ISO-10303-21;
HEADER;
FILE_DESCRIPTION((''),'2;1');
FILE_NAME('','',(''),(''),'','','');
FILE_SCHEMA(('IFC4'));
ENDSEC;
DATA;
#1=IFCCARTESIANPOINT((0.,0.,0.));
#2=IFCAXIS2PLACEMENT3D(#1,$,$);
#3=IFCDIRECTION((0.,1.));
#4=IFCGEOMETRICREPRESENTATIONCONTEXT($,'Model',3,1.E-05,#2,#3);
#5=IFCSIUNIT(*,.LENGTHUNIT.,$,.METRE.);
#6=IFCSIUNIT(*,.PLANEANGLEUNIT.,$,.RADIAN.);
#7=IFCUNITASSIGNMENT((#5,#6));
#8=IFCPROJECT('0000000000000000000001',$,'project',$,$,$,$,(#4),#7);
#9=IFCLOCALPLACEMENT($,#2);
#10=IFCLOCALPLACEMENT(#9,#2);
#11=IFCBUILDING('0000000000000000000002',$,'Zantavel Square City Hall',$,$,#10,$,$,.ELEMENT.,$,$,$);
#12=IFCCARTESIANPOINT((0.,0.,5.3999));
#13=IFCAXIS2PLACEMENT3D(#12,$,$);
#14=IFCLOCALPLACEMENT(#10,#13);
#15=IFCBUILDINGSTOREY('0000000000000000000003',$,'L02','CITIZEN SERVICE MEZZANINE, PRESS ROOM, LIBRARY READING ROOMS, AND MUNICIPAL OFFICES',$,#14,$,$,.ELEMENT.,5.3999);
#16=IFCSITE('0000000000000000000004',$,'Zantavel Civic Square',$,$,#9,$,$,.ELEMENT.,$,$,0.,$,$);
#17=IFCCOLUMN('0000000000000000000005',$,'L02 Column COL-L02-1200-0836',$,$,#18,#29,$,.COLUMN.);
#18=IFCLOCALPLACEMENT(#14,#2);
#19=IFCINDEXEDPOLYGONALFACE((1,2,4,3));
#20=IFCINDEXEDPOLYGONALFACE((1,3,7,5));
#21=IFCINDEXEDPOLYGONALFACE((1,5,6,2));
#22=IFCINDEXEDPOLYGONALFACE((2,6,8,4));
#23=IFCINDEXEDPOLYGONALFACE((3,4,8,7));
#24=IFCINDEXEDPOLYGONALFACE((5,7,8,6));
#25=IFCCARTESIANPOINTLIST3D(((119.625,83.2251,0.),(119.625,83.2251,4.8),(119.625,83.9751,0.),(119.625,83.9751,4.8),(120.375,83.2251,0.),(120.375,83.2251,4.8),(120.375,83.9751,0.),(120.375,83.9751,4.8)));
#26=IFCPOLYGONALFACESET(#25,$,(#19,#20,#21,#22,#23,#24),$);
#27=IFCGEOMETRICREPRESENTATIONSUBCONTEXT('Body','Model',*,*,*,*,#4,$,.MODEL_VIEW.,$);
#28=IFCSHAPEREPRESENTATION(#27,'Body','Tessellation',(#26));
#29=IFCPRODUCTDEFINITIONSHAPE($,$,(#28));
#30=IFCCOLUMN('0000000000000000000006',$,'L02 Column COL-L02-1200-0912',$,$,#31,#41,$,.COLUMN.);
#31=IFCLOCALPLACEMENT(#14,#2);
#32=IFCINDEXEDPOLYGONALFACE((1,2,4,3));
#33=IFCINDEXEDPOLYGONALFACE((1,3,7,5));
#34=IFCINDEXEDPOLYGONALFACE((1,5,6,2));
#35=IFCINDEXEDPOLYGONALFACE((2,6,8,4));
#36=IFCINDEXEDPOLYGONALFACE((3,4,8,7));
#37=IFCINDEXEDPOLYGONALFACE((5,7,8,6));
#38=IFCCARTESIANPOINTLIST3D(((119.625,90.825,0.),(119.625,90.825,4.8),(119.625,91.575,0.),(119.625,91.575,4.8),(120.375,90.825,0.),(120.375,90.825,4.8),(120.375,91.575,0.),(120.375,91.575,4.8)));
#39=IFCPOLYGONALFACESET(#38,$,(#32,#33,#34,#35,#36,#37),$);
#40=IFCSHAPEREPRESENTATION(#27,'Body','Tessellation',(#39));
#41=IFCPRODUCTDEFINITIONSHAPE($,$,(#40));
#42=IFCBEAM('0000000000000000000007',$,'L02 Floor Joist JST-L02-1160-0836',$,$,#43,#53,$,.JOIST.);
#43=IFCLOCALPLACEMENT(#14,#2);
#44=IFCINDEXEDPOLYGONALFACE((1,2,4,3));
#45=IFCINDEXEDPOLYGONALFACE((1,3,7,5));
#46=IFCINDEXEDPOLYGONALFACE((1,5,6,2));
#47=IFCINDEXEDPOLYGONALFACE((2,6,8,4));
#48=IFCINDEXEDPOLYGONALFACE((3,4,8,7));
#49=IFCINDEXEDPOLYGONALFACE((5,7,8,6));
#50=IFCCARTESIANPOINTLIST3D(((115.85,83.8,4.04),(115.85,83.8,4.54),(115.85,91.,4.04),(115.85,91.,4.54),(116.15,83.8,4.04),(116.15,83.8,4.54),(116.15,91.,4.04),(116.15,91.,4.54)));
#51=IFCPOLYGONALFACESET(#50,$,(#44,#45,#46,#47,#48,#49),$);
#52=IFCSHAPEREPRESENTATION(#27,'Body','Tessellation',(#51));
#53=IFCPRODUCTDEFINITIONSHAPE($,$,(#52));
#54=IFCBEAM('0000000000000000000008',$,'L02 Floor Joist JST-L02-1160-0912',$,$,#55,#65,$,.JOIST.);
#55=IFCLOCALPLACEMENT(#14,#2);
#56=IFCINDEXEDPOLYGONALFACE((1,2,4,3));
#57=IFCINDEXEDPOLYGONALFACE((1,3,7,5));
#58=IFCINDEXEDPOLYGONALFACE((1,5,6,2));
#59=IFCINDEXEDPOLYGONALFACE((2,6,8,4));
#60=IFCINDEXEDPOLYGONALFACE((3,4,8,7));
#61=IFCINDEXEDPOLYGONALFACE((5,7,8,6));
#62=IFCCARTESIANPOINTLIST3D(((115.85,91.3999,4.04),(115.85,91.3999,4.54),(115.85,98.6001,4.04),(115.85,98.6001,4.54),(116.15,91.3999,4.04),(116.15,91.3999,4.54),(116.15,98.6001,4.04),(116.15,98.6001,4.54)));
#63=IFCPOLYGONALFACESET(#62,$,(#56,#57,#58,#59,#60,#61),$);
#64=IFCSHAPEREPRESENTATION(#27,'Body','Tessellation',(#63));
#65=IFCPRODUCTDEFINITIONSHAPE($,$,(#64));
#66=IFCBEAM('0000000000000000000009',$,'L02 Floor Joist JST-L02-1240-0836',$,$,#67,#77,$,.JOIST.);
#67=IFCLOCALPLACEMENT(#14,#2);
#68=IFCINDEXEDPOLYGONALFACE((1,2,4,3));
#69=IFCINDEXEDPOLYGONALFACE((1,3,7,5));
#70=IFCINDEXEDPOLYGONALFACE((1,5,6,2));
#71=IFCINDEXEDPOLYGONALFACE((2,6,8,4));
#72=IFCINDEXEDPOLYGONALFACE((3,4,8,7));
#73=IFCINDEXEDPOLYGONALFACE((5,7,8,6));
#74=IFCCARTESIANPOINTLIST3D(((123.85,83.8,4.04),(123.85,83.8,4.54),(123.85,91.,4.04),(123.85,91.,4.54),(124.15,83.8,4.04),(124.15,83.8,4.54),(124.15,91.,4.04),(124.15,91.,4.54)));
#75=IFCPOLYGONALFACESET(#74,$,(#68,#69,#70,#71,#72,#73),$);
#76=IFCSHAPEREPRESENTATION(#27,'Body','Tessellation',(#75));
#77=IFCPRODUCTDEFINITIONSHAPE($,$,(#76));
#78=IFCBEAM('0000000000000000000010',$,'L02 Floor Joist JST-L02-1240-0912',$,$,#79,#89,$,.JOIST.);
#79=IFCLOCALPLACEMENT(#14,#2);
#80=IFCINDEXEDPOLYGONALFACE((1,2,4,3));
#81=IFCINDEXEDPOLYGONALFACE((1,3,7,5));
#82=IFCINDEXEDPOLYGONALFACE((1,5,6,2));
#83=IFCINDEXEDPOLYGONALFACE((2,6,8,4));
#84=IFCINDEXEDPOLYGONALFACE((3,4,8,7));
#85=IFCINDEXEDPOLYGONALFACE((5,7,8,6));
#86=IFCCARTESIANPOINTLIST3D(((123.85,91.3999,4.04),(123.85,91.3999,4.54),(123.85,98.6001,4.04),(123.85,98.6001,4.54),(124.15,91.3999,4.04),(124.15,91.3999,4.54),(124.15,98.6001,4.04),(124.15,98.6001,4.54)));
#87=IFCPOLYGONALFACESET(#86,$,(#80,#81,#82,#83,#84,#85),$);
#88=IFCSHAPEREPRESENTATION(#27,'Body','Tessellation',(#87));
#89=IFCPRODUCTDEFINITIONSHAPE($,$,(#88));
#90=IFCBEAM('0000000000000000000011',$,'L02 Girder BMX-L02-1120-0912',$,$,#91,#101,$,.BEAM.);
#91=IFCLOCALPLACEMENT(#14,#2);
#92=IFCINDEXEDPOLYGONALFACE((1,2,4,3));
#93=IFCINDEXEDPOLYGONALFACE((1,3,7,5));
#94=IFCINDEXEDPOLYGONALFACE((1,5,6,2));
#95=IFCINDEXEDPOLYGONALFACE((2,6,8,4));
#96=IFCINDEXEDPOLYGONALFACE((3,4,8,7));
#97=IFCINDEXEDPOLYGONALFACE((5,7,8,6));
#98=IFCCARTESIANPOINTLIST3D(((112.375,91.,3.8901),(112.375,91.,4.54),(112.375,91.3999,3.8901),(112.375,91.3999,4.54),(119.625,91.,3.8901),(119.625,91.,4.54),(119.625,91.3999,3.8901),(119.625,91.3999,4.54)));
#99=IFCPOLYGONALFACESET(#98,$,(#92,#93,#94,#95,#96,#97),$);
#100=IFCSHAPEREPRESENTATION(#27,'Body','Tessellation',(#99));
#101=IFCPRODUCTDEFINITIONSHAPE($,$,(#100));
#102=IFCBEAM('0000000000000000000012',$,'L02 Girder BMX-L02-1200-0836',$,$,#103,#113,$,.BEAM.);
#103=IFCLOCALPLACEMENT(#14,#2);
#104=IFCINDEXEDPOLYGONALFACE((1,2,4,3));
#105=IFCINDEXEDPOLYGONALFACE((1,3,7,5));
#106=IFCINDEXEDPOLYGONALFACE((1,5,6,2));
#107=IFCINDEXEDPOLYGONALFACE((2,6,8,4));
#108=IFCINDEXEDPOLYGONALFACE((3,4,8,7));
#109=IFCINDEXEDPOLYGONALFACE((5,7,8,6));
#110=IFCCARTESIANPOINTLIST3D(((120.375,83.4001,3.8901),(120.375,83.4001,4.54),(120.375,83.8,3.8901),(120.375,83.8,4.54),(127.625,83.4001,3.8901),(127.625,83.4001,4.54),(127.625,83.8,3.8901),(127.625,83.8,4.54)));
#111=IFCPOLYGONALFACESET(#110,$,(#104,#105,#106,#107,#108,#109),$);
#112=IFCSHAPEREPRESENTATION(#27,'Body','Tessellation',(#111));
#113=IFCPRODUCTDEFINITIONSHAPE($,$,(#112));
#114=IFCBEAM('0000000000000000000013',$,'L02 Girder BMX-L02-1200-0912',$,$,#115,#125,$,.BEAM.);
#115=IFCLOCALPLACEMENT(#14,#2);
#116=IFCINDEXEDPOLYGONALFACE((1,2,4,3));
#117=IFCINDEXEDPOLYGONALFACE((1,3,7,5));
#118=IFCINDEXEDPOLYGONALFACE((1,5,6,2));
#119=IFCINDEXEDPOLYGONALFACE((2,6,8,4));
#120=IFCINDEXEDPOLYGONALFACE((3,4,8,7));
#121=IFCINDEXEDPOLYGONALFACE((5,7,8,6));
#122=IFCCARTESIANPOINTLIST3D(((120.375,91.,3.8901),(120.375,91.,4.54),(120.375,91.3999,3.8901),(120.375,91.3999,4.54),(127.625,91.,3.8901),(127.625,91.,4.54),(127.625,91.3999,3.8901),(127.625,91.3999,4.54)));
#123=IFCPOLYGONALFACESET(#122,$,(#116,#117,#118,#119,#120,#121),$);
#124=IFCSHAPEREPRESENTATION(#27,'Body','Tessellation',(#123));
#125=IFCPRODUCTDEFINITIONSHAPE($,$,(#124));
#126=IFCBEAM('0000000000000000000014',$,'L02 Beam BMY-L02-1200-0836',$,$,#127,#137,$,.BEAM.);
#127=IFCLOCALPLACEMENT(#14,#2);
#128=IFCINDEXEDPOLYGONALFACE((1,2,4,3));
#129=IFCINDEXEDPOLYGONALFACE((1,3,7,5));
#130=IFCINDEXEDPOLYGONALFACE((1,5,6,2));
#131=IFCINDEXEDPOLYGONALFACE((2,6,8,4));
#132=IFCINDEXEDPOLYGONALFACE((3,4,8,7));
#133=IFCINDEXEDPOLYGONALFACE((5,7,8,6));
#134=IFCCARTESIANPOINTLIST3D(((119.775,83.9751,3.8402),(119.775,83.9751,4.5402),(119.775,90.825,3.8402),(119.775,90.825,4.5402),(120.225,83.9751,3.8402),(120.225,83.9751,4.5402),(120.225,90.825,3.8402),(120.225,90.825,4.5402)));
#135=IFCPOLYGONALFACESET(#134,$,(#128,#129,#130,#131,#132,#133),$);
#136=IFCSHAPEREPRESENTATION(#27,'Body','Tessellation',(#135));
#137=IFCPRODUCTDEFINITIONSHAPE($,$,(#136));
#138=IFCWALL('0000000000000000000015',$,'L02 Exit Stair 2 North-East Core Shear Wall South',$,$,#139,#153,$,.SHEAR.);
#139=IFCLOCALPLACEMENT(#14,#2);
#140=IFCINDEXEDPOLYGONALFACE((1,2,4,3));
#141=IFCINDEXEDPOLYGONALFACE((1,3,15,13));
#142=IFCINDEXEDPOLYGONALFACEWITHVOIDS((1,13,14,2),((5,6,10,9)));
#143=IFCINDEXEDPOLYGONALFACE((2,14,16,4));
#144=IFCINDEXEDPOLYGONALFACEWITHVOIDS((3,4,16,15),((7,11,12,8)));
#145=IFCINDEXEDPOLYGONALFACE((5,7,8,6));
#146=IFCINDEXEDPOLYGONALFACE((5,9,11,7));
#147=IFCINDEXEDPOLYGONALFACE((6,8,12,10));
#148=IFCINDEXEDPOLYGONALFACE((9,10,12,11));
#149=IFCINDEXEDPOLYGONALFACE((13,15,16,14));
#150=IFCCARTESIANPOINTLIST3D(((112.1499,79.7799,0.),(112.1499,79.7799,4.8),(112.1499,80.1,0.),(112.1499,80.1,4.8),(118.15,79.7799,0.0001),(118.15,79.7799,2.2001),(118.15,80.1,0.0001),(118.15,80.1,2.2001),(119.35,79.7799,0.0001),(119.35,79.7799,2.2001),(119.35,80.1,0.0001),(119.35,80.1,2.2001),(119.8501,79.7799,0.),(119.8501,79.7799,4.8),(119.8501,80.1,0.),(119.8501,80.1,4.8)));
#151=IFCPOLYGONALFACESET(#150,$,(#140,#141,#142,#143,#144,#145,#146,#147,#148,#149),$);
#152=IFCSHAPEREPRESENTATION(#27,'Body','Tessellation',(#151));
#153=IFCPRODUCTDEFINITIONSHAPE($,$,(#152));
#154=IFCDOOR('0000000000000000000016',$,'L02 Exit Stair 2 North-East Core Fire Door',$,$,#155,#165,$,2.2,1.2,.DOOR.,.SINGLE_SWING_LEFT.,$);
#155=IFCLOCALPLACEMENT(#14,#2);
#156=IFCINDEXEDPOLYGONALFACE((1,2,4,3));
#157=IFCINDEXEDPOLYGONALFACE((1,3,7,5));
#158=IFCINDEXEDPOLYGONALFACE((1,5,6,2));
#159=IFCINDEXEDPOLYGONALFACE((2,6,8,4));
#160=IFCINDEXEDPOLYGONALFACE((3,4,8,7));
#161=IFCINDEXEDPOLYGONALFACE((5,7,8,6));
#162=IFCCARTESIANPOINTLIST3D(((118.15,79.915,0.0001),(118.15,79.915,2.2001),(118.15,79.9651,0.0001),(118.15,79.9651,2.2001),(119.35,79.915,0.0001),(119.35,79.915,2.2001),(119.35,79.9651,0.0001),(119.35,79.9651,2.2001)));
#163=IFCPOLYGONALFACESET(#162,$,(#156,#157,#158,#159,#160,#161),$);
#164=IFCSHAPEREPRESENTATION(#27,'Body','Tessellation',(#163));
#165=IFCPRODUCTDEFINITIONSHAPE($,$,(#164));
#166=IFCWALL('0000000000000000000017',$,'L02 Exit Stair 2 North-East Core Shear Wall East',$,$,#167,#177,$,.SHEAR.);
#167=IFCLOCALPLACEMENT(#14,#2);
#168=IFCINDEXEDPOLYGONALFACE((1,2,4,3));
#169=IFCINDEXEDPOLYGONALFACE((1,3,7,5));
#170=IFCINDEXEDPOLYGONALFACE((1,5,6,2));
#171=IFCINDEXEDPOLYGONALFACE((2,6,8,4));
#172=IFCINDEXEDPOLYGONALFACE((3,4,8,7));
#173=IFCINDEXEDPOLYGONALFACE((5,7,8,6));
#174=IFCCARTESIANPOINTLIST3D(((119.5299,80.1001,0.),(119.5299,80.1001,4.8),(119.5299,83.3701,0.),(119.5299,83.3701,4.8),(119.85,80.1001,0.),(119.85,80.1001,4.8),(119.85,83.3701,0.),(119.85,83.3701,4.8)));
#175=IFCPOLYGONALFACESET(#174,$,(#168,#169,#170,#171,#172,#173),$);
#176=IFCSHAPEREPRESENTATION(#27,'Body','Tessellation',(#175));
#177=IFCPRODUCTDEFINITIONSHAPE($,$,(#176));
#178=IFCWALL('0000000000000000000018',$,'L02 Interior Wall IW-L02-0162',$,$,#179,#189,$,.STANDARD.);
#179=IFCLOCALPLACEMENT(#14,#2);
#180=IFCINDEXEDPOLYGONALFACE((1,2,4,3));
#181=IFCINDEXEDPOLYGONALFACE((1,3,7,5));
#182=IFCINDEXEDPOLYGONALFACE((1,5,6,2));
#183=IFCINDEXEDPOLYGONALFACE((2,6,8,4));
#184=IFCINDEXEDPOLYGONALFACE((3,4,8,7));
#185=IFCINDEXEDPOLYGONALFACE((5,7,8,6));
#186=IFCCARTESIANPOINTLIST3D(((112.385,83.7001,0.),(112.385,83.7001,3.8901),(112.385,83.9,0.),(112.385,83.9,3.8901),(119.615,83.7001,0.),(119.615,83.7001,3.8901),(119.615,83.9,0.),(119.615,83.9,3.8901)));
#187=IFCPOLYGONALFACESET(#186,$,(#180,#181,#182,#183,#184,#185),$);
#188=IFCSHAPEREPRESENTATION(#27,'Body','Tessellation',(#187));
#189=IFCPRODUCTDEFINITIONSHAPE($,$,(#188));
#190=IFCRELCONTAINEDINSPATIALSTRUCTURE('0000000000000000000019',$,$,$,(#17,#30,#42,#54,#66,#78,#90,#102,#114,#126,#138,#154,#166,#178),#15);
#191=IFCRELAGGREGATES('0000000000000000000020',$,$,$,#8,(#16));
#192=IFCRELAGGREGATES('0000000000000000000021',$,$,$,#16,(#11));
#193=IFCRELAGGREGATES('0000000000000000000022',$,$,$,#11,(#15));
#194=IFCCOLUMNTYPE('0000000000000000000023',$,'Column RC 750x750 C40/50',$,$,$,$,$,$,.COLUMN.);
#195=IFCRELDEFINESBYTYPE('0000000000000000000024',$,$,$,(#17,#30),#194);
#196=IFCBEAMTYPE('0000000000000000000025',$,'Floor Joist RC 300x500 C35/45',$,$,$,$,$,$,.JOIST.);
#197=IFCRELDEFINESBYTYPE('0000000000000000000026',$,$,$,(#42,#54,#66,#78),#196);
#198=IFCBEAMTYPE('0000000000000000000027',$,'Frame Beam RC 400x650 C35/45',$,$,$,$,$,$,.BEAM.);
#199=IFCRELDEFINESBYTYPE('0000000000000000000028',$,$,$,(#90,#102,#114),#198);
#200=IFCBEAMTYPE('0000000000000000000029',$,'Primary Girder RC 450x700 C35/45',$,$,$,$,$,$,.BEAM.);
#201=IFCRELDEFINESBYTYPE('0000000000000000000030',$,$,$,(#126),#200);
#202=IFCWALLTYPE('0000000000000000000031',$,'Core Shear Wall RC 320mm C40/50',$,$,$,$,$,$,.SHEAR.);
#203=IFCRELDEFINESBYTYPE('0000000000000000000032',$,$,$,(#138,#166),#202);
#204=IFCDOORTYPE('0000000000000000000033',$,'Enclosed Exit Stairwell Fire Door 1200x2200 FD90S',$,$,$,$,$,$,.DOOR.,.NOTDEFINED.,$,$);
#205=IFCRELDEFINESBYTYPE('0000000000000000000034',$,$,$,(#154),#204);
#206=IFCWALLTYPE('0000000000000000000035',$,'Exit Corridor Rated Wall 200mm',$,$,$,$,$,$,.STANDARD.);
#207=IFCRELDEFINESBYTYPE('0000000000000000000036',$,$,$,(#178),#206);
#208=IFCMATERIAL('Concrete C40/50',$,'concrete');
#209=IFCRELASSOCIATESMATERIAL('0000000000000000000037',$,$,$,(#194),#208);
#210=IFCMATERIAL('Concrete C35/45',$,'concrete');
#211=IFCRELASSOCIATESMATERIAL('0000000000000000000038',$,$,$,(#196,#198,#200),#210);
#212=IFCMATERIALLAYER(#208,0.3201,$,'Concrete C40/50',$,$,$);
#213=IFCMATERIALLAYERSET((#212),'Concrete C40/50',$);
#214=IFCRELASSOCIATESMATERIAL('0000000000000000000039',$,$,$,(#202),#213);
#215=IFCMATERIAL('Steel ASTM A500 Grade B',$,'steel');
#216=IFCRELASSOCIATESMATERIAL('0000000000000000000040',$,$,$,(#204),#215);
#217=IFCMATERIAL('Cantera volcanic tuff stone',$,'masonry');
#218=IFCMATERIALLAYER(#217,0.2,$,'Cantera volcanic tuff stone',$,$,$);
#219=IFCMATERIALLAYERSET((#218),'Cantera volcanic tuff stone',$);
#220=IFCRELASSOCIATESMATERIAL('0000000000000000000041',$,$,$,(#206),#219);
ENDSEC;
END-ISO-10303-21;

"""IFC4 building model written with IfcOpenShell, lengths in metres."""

from ifc_helpers import new_model, si_unit, direction, frame, frame_2d, origin, origin_2d, place, context, subcontext, project, spatial, rectangle, extrude, material, layer, layer_set, material_profile, profile_set, type_object, element, fill, save


model = new_model("IFC4")

# Units and contexts
model_context = context("Model", 3, precision=1e-05, world=origin(), true_north=direction((0.0, 1.0)))
body_context = subcontext(model_context, "Body", "Model", "MODEL_VIEW")
ifc_project = project(units=[si_unit("LENGTHUNIT", "METRE"), si_unit("PLANEANGLEUNIT", "RADIAN")], contexts=[model_context])

# Site, building, storey
site_placement = place(None, origin())
site = spatial("IfcSite", under=ifc_project, at=site_placement, Name="Zantavel Civic Square", CompositionType="ELEMENT", RefElevation=0.0)
building_placement = place(site_placement, origin())
building = spatial("IfcBuilding", under=site, at=building_placement, Name="Zantavel Square City Hall", CompositionType="ELEMENT")
storey_placement = place(building_placement, frame((0.0, 0.0, 5.3999)))
storey = spatial("IfcBuildingStorey", under=building, at=storey_placement, Name="L02", Description="CITIZEN SERVICE MEZZANINE, PRESS ROOM, LIBRARY READING ROOMS, AND MUNICIPAL OFFICES", CompositionType="ELEMENT", Elevation=5.3999)

# Columns
ifc_material_1 = material(Name="Concrete C40/50", Category="concrete")
ifc_material_profile_1 = material_profile(ifc_material_1, rectangle(XDim=0.75, YDim=0.75, at=origin_2d()), Name="RC 750x750")
ifc_profile_set_1 = profile_set([ifc_material_profile_1], Name="Concrete C40/50")
column_type = type_object("IfcColumnType", Name="Column RC 750x750 C40/50", PredefinedType="COLUMN", material=ifc_profile_set_1)
for number, where, z_axis, x_axis, name in (
    (1, (120.0, 83.6001, 0.0), (0.0, 0.0, 1.0), (1.0, 0.0, 0.0), "L02 Column COL-L02-1200-0836"),
    (2, (120.0, 91.2, 0.0), (0.0, 0.0, 1.0), (1.0, 0.0, 0.0), "L02 Column COL-L02-1200-0912"),
):
    element("IfcColumn", number, at=place(storey_placement, frame(where, z_axis=z_axis, x_axis=x_axis)), inside=storey, type_object=column_type, Name=name, PredefinedType="COLUMN", context=body_context, shape_type="SweptSolid", body=[
        extrude(rectangle(XDim=0.75, YDim=0.75, at=origin_2d()), origin(), (0.0, 0.0, 1.0), 4.8),
    ])

# Beams
ifc_material_2 = material(Name="Concrete C35/45", Category="concrete")
ifc_material_profile_2 = material_profile(ifc_material_2, rectangle(XDim=0.3, YDim=0.5, at=origin_2d()), Name="RC 300x500")
ifc_profile_set_2 = profile_set([ifc_material_profile_2], Name="Concrete C35/45")
beam_type_1 = type_object("IfcBeamType", Name="Floor Joist RC 300x500 C35/45", PredefinedType="JOIST", material=ifc_profile_set_2)
beam_1_placement = place(storey_placement, frame((116.0, 83.8, 4.29), z_axis=(0.0, 1.0, 0.0), x_axis=(-1.0, 0.0, 0.0)))
element("IfcBeam", 3, at=beam_1_placement, inside=storey, type_object=beam_type_1, Name="L02 Floor Joist JST-L02-1160-0836", PredefinedType="JOIST", context=body_context, shape_type="SweptSolid", body=[
    extrude(rectangle(XDim=0.3, YDim=0.5, at=origin_2d()), origin(), (0.0, 0.0, 1.0), 7.2),
])
beam_2_placement = place(storey_placement, frame((116.0, 91.3999, 4.29), z_axis=(0.0, 1.0, 0.0), x_axis=(-1.0, 0.0, 0.0)))
element("IfcBeam", 4, at=beam_2_placement, inside=storey, type_object=beam_type_1, Name="L02 Floor Joist JST-L02-1160-0912", PredefinedType="JOIST", context=body_context, shape_type="SweptSolid", body=[
    extrude(rectangle(XDim=0.3, YDim=0.5, at=origin_2d()), origin(), (0.0, 0.0, 1.0), 7.2002),
])
beam_3_placement = place(storey_placement, frame((124.0, 83.8, 4.29), z_axis=(0.0, 1.0, 0.0), x_axis=(-1.0, 0.0, 0.0)))
element("IfcBeam", 5, at=beam_3_placement, inside=storey, type_object=beam_type_1, Name="L02 Floor Joist JST-L02-1240-0836", PredefinedType="JOIST", context=body_context, shape_type="SweptSolid", body=[
    extrude(rectangle(XDim=0.3, YDim=0.5, at=origin_2d()), origin(), (0.0, 0.0, 1.0), 7.2),
])
beam_4_placement = place(storey_placement, frame((124.0, 91.3999, 4.29), z_axis=(0.0, 1.0, 0.0), x_axis=(-1.0, 0.0, 0.0)))
element("IfcBeam", 6, at=beam_4_placement, inside=storey, type_object=beam_type_1, Name="L02 Floor Joist JST-L02-1240-0912", PredefinedType="JOIST", context=body_context, shape_type="SweptSolid", body=[
    extrude(rectangle(XDim=0.3, YDim=0.5, at=origin_2d()), origin(), (0.0, 0.0, 1.0), 7.2002),
])
ifc_material_profile_3 = material_profile(ifc_material_2, rectangle(XDim=0.3999, YDim=0.6499, at=origin_2d()), Name="RC 400x650")
ifc_profile_set_3 = profile_set([ifc_material_profile_3], Name="Concrete C35/45")
beam_type_2 = type_object("IfcBeamType", Name="Frame Beam RC 400x650 C35/45", PredefinedType="BEAM", material=ifc_profile_set_3)
for number, where, z_axis, x_axis, name in (
    (7, (112.375, 91.2, 4.2151), (1.0, 0.0, 0.0), (0.0, 1.0, 0.0), "L02 Girder BMX-L02-1120-0912"),
    (8, (120.375, 83.6001, 4.2151), (1.0, 0.0, 0.0), (0.0, 1.0, 0.0), "L02 Girder BMX-L02-1200-0836"),
    (9, (120.375, 91.2, 4.2151), (1.0, 0.0, 0.0), (0.0, 1.0, 0.0), "L02 Girder BMX-L02-1200-0912"),
):
    element("IfcBeam", number, at=place(storey_placement, frame(where, z_axis=z_axis, x_axis=x_axis)), inside=storey, type_object=beam_type_2, Name=name, PredefinedType="BEAM", context=body_context, shape_type="SweptSolid", body=[
        extrude(rectangle(XDim=0.3999, YDim=0.6499, at=origin_2d()), origin(), (0.0, 0.0, 1.0), 7.25),
    ])
ifc_material_profile_4 = material_profile(ifc_material_2, rectangle(XDim=0.45, YDim=0.7, at=origin_2d()), Name="RC 450x700")
ifc_profile_set_4 = profile_set([ifc_material_profile_4], Name="Concrete C35/45")
beam_type_3 = type_object("IfcBeamType", Name="Primary Girder RC 450x700 C35/45", PredefinedType="BEAM", material=ifc_profile_set_4)
beam_5_placement = place(storey_placement, frame((120.0, 83.9751, 4.1902), z_axis=(0.0, 1.0, 0.0), x_axis=(-1.0, 0.0, 0.0)))
element("IfcBeam", 10, at=beam_5_placement, inside=storey, type_object=beam_type_3, Name="L02 Beam BMY-L02-1200-0836", PredefinedType="BEAM", context=body_context, shape_type="SweptSolid", body=[
    extrude(rectangle(XDim=0.45, YDim=0.7, at=origin_2d()), origin(), (0.0, 0.0, 1.0), 6.8499),
])

# Wall, opening, door
ifc_layer_1 = layer(ifc_material_1, 0.3201, Name="Concrete C40/50")
ifc_layer_set_1 = layer_set([ifc_layer_1], Name="Concrete C40/50")
wall_type_1 = type_object("IfcWallType", Name="Core Shear Wall RC 320mm C40/50", PredefinedType="SHEAR", material=ifc_layer_set_1)
wall_1_placement = place(storey_placement, frame((119.8501, 79.9399, 0.0), z_axis=(0.0, 0.0, 1.0), x_axis=(-1.0, 0.0, 0.0)))
wall_1 = element("IfcWall", 11, at=wall_1_placement, inside=storey, type_object=wall_type_1, Name="L02 Exit Stair 2 North-East Core Shear Wall South", PredefinedType="SHEAR", context=body_context, shape_type="SweptSolid", body=[
    extrude(rectangle(XDim=7.7002, YDim=0.3201, at=frame_2d((3.8501, 0.0))), origin(), (0.0, 0.0, 1.0), 4.8),
])
opening_placement = place(wall_1_placement, frame((0.5, 0.0, 0.0)))
opening = element("IfcOpeningElement", 12, at=opening_placement, cuts=wall_1, PredefinedType="OPENING", context=body_context, shape_type="SweptSolid", body=[
    extrude(rectangle(XDim=1.2, YDim=2.2, at=frame_2d((0.6001, 1.1001))), frame((0.0, 0.1699, 0.0), z_axis=(0.0, -1.0, 0.0), x_axis=(1.0, 0.0, 0.0)), (0.0, 0.0, 1.0), 0.3401),
])
ifc_material_3 = material(Name="Steel ASTM A500 Grade B", Category="steel")
door_type = type_object("IfcDoorType", Name="Enclosed Exit Stairwell Fire Door 1200x2200 FD90S", OperationType="NOTDEFINED", PredefinedType="DOOR", material=ifc_material_3)
door_placement = place(opening_placement, origin())
door = element("IfcDoor", 13, at=door_placement, inside=storey, type_object=door_type, Name="L02 Exit Stair 2 North-East Core Fire Door", OperationType="SINGLE_SWING_LEFT", OverallHeight=2.2, OverallWidth=1.2, PredefinedType="DOOR", context=body_context, shape_type="SweptSolid", body=[
    extrude(rectangle(XDim=1.2, YDim=2.2, at=frame_2d((0.6001, 1.1001))), frame((0.0, 0.0249, 0.0), z_axis=(0.0, -1.0, 0.0), x_axis=(1.0, 0.0, 0.0)), (0.0, 0.0, 1.0), 0.05),
])
fill(opening, door)

# Walls
wall_2_placement = place(storey_placement, frame((119.6899, 83.3701, 0.0), z_axis=(0.0, 0.0, 1.0), x_axis=(0.0, -1.0, 0.0)))
element("IfcWall", 14, at=wall_2_placement, inside=storey, type_object=wall_type_1, Name="L02 Exit Stair 2 North-East Core Shear Wall East", PredefinedType="SHEAR", context=body_context, shape_type="SweptSolid", body=[
    extrude(rectangle(XDim=3.27, YDim=0.3201, at=frame_2d((1.635, 0.0))), origin(), (0.0, 0.0, 1.0), 4.8),
])
ifc_material_4 = material(Name="Cantera volcanic tuff stone", Category="masonry")
ifc_layer_2 = layer(ifc_material_4, 0.2, Name="Cantera volcanic tuff stone")
ifc_layer_set_2 = layer_set([ifc_layer_2], Name="Cantera volcanic tuff stone")
wall_type_2 = type_object("IfcWallType", Name="Exit Corridor Rated Wall 200mm", PredefinedType="STANDARD", material=ifc_layer_set_2)
wall_3_placement = place(storey_placement, frame((112.385, 83.8, 0.0), z_axis=(0.0, 0.0, 1.0), x_axis=(1.0, 0.0, 0.0)))
element("IfcWall", 15, at=wall_3_placement, inside=storey, type_object=wall_type_2, Name="L02 Interior Wall IW-L02-0162", PredefinedType="STANDARD", context=body_context, shape_type="SweptSolid", body=[
    extrude(rectangle(XDim=7.23, YDim=0.2, at=frame_2d((3.615, 0.0))), origin(), (0.0, 0.0, 1.0), 3.8901),
])

save(model, "model.ifc")
